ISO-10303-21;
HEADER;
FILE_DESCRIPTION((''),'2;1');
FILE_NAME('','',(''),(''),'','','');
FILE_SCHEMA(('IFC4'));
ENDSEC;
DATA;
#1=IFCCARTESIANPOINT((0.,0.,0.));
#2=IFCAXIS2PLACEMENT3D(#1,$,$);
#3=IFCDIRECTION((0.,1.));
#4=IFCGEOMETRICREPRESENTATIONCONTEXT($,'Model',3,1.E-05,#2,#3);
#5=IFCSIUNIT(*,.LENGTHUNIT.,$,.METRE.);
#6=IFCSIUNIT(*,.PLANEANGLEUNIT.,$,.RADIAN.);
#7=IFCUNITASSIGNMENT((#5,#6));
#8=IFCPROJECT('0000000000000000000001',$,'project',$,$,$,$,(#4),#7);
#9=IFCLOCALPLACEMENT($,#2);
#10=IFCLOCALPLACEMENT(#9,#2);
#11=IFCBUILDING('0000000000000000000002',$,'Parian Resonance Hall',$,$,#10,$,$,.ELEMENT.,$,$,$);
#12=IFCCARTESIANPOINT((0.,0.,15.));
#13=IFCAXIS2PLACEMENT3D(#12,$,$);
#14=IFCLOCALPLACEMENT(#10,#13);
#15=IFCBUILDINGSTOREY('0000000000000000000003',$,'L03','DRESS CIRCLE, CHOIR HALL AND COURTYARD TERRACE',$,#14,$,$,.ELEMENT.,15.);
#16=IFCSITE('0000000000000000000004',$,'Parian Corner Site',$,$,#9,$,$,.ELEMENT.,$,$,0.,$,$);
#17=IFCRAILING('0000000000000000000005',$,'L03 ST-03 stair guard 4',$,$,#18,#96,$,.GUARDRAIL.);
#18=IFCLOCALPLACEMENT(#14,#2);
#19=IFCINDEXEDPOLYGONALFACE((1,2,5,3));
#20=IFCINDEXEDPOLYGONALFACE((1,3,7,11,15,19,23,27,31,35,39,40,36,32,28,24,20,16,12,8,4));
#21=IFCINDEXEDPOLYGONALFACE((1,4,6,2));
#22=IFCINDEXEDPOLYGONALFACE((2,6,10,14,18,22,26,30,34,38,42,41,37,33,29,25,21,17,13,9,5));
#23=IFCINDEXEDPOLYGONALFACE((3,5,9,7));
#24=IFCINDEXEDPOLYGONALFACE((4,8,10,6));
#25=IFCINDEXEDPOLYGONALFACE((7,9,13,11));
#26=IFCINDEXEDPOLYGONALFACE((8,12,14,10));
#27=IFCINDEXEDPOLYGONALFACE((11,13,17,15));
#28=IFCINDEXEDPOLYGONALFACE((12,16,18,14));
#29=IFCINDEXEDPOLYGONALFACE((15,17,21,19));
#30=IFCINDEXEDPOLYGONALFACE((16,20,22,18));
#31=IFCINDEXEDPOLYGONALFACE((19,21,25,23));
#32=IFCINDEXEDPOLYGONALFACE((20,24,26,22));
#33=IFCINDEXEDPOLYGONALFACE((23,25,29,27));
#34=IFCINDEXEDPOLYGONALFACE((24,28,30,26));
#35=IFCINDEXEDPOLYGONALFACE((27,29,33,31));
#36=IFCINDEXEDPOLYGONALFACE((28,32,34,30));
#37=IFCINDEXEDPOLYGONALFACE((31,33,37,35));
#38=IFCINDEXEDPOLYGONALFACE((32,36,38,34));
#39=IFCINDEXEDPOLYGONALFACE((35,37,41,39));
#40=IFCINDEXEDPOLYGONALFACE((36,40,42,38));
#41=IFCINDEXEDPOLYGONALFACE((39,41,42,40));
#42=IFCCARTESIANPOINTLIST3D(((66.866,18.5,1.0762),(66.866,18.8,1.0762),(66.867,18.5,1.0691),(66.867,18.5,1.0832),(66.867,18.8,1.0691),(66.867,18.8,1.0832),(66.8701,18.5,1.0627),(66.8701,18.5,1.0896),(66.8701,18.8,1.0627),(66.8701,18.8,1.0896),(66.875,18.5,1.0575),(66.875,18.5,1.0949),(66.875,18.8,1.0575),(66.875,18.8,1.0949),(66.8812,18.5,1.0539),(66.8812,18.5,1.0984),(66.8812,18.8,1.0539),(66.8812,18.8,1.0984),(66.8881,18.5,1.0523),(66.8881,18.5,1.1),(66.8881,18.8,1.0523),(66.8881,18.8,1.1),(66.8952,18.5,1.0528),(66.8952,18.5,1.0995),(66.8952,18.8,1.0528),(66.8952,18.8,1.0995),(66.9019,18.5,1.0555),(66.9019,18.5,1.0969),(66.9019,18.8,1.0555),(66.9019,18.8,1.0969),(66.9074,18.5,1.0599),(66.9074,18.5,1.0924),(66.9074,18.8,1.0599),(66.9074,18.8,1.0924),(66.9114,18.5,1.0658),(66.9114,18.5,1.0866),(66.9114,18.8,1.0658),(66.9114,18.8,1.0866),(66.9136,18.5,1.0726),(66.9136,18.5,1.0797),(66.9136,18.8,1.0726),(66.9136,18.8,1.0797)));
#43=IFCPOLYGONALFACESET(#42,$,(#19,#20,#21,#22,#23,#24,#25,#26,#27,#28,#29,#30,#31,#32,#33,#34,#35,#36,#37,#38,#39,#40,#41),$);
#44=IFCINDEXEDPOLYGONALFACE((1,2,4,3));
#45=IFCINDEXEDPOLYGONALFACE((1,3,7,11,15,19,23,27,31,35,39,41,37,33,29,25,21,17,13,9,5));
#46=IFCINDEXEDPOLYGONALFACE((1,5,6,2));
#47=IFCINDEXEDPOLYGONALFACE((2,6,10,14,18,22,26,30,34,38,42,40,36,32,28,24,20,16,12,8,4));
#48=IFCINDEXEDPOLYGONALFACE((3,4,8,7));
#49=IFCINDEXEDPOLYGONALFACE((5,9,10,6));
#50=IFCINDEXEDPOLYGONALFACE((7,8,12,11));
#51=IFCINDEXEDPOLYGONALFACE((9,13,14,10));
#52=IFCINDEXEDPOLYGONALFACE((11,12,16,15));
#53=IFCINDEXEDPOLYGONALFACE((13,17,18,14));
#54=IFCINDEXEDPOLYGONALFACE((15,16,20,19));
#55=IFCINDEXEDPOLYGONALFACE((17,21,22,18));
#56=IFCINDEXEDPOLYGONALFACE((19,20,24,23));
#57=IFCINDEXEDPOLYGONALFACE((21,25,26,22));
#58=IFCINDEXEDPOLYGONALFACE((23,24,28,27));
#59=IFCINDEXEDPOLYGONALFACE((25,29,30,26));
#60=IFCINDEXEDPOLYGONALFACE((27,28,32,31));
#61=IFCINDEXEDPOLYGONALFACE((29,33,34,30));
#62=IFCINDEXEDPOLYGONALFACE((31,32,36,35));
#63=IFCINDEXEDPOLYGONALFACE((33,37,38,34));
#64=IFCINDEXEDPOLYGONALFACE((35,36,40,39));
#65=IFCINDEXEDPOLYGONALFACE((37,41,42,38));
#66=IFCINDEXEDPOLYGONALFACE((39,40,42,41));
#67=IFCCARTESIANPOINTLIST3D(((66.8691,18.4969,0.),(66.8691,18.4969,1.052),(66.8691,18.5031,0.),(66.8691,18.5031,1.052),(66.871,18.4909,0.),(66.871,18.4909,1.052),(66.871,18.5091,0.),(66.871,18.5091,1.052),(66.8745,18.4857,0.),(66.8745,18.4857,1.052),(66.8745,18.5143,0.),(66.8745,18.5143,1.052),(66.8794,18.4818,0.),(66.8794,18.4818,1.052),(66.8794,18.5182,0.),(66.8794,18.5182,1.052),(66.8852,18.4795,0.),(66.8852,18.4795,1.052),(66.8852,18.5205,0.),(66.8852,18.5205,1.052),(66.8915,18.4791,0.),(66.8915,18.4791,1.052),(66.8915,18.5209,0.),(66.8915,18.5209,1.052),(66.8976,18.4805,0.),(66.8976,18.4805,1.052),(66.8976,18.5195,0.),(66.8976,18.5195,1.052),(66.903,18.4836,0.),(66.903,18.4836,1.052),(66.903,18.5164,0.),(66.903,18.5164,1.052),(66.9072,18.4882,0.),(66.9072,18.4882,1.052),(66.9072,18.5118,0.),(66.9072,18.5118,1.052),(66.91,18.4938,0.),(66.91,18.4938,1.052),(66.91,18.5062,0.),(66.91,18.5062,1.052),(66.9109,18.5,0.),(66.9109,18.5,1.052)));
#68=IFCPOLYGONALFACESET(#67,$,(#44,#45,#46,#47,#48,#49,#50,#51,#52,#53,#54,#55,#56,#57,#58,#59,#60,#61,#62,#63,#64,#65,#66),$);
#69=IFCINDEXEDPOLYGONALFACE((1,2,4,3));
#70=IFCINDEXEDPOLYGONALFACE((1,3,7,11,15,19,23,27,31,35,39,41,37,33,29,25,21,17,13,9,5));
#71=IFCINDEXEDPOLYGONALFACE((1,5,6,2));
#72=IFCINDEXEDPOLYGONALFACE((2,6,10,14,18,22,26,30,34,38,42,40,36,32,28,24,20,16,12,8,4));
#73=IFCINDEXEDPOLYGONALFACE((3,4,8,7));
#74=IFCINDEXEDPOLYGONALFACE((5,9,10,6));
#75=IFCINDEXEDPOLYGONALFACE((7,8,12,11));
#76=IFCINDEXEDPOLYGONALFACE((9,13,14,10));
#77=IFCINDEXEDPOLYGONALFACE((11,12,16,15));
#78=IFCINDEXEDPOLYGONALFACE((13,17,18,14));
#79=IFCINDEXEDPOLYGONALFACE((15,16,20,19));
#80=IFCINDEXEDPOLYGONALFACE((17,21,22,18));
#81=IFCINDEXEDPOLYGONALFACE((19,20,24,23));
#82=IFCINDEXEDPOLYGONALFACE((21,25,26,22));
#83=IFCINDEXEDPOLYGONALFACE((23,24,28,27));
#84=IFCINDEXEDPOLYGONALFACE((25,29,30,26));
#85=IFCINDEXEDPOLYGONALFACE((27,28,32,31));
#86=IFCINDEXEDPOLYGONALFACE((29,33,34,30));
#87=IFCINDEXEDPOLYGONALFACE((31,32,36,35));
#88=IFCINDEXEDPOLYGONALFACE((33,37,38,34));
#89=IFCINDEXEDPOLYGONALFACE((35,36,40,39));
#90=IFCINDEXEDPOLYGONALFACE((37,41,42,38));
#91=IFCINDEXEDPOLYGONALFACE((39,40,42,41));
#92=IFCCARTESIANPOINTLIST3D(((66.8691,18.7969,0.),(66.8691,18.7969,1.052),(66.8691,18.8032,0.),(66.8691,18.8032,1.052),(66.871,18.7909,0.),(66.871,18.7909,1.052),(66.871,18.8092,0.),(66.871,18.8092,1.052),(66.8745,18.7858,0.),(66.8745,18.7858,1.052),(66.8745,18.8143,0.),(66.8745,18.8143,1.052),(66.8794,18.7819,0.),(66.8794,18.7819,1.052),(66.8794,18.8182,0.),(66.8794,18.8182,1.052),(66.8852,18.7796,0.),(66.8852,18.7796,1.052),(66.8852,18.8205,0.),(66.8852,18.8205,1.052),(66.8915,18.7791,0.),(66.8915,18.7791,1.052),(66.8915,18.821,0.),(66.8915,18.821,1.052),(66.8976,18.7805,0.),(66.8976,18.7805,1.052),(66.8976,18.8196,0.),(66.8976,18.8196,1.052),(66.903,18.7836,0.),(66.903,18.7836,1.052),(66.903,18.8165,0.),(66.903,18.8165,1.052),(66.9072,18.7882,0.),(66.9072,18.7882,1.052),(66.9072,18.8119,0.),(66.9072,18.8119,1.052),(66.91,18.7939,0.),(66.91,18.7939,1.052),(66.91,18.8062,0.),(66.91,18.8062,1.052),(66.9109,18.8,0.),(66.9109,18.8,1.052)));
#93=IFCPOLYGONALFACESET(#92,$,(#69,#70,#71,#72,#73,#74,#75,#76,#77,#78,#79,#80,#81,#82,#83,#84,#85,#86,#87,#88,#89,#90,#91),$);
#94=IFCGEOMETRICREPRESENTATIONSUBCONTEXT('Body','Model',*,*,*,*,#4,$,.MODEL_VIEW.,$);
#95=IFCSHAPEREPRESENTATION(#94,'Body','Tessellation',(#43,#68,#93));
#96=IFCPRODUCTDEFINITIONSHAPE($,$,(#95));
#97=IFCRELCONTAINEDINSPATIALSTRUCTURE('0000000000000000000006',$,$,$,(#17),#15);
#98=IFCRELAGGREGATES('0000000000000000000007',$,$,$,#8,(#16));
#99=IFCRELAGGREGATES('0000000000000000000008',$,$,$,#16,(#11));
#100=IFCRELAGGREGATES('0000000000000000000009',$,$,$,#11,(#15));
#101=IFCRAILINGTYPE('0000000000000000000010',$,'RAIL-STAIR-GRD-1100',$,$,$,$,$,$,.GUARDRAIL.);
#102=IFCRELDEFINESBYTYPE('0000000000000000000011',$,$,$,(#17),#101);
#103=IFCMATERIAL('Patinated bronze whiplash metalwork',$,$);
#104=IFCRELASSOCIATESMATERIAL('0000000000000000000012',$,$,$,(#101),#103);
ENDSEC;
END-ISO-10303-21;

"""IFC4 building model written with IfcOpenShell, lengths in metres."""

from ifc_helpers import new_model, si_unit, direction, frame, origin, origin_2d, place, context, subcontext, project, spatial, circle, extrude, material, type_object, element, save


model = new_model("IFC4")

# Units and contexts
model_context = context("Model", 3, precision=1e-05, world=origin(), true_north=direction((0.0, 1.0)))
body_context = subcontext(model_context, "Body", "Model", "MODEL_VIEW")
ifc_project = project(units=[si_unit("LENGTHUNIT", "METRE"), si_unit("PLANEANGLEUNIT", "RADIAN")], contexts=[model_context])

# Site, building, storey
site_placement = place(None, origin())
site = spatial("IfcSite", under=ifc_project, at=site_placement, Name="Parian Corner Site", CompositionType="ELEMENT", RefElevation=0.0)
building_placement = place(site_placement, origin())
building = spatial("IfcBuilding", under=site, at=building_placement, Name="Parian Resonance Hall", CompositionType="ELEMENT")
storey_placement = place(building_placement, frame((0.0, 0.0, 15.0)))
storey = spatial("IfcBuildingStorey", under=building, at=storey_placement, Name="L03", Description="DRESS CIRCLE, CHOIR HALL AND COURTYARD TERRACE", CompositionType="ELEMENT", Elevation=15.0)

# Railing
ifc_material_1 = material(Name="Patinated bronze whiplash metalwork")
railing_type_1 = type_object("IfcRailingType", Name="RAIL-STAIR-GRD-1100", PredefinedType="GUARDRAIL", material=ifc_material_1)
railing_1_placement = place(storey_placement, frame((66.8899, 18.5, 0.0)))
element("IfcRailing", 1, at=railing_1_placement, inside=storey, type_object=railing_type_1, Name="L03 ST-03 stair guard 4", PredefinedType="GUARDRAIL", context=body_context, shape_type="SweptSolid", body=[
    extrude(circle(Radius=0.0239, at=origin_2d()), frame((0.0, 0.0, 1.0762), z_axis=(0.0, 1.0, 0.0), x_axis=(-1.0, 0.0, 0.0)), (0.0, 0.0, 1.0), 0.3),
    extrude(circle(Radius=0.021, at=origin_2d()), origin(), (0.0, 0.0, 1.0), 1.052),
    extrude(circle(Radius=0.021, at=origin_2d()), frame((0.0, 0.3, 0.0)), (0.0, 0.0, 1.0), 1.052),
])

save(model, "model.ifc")
